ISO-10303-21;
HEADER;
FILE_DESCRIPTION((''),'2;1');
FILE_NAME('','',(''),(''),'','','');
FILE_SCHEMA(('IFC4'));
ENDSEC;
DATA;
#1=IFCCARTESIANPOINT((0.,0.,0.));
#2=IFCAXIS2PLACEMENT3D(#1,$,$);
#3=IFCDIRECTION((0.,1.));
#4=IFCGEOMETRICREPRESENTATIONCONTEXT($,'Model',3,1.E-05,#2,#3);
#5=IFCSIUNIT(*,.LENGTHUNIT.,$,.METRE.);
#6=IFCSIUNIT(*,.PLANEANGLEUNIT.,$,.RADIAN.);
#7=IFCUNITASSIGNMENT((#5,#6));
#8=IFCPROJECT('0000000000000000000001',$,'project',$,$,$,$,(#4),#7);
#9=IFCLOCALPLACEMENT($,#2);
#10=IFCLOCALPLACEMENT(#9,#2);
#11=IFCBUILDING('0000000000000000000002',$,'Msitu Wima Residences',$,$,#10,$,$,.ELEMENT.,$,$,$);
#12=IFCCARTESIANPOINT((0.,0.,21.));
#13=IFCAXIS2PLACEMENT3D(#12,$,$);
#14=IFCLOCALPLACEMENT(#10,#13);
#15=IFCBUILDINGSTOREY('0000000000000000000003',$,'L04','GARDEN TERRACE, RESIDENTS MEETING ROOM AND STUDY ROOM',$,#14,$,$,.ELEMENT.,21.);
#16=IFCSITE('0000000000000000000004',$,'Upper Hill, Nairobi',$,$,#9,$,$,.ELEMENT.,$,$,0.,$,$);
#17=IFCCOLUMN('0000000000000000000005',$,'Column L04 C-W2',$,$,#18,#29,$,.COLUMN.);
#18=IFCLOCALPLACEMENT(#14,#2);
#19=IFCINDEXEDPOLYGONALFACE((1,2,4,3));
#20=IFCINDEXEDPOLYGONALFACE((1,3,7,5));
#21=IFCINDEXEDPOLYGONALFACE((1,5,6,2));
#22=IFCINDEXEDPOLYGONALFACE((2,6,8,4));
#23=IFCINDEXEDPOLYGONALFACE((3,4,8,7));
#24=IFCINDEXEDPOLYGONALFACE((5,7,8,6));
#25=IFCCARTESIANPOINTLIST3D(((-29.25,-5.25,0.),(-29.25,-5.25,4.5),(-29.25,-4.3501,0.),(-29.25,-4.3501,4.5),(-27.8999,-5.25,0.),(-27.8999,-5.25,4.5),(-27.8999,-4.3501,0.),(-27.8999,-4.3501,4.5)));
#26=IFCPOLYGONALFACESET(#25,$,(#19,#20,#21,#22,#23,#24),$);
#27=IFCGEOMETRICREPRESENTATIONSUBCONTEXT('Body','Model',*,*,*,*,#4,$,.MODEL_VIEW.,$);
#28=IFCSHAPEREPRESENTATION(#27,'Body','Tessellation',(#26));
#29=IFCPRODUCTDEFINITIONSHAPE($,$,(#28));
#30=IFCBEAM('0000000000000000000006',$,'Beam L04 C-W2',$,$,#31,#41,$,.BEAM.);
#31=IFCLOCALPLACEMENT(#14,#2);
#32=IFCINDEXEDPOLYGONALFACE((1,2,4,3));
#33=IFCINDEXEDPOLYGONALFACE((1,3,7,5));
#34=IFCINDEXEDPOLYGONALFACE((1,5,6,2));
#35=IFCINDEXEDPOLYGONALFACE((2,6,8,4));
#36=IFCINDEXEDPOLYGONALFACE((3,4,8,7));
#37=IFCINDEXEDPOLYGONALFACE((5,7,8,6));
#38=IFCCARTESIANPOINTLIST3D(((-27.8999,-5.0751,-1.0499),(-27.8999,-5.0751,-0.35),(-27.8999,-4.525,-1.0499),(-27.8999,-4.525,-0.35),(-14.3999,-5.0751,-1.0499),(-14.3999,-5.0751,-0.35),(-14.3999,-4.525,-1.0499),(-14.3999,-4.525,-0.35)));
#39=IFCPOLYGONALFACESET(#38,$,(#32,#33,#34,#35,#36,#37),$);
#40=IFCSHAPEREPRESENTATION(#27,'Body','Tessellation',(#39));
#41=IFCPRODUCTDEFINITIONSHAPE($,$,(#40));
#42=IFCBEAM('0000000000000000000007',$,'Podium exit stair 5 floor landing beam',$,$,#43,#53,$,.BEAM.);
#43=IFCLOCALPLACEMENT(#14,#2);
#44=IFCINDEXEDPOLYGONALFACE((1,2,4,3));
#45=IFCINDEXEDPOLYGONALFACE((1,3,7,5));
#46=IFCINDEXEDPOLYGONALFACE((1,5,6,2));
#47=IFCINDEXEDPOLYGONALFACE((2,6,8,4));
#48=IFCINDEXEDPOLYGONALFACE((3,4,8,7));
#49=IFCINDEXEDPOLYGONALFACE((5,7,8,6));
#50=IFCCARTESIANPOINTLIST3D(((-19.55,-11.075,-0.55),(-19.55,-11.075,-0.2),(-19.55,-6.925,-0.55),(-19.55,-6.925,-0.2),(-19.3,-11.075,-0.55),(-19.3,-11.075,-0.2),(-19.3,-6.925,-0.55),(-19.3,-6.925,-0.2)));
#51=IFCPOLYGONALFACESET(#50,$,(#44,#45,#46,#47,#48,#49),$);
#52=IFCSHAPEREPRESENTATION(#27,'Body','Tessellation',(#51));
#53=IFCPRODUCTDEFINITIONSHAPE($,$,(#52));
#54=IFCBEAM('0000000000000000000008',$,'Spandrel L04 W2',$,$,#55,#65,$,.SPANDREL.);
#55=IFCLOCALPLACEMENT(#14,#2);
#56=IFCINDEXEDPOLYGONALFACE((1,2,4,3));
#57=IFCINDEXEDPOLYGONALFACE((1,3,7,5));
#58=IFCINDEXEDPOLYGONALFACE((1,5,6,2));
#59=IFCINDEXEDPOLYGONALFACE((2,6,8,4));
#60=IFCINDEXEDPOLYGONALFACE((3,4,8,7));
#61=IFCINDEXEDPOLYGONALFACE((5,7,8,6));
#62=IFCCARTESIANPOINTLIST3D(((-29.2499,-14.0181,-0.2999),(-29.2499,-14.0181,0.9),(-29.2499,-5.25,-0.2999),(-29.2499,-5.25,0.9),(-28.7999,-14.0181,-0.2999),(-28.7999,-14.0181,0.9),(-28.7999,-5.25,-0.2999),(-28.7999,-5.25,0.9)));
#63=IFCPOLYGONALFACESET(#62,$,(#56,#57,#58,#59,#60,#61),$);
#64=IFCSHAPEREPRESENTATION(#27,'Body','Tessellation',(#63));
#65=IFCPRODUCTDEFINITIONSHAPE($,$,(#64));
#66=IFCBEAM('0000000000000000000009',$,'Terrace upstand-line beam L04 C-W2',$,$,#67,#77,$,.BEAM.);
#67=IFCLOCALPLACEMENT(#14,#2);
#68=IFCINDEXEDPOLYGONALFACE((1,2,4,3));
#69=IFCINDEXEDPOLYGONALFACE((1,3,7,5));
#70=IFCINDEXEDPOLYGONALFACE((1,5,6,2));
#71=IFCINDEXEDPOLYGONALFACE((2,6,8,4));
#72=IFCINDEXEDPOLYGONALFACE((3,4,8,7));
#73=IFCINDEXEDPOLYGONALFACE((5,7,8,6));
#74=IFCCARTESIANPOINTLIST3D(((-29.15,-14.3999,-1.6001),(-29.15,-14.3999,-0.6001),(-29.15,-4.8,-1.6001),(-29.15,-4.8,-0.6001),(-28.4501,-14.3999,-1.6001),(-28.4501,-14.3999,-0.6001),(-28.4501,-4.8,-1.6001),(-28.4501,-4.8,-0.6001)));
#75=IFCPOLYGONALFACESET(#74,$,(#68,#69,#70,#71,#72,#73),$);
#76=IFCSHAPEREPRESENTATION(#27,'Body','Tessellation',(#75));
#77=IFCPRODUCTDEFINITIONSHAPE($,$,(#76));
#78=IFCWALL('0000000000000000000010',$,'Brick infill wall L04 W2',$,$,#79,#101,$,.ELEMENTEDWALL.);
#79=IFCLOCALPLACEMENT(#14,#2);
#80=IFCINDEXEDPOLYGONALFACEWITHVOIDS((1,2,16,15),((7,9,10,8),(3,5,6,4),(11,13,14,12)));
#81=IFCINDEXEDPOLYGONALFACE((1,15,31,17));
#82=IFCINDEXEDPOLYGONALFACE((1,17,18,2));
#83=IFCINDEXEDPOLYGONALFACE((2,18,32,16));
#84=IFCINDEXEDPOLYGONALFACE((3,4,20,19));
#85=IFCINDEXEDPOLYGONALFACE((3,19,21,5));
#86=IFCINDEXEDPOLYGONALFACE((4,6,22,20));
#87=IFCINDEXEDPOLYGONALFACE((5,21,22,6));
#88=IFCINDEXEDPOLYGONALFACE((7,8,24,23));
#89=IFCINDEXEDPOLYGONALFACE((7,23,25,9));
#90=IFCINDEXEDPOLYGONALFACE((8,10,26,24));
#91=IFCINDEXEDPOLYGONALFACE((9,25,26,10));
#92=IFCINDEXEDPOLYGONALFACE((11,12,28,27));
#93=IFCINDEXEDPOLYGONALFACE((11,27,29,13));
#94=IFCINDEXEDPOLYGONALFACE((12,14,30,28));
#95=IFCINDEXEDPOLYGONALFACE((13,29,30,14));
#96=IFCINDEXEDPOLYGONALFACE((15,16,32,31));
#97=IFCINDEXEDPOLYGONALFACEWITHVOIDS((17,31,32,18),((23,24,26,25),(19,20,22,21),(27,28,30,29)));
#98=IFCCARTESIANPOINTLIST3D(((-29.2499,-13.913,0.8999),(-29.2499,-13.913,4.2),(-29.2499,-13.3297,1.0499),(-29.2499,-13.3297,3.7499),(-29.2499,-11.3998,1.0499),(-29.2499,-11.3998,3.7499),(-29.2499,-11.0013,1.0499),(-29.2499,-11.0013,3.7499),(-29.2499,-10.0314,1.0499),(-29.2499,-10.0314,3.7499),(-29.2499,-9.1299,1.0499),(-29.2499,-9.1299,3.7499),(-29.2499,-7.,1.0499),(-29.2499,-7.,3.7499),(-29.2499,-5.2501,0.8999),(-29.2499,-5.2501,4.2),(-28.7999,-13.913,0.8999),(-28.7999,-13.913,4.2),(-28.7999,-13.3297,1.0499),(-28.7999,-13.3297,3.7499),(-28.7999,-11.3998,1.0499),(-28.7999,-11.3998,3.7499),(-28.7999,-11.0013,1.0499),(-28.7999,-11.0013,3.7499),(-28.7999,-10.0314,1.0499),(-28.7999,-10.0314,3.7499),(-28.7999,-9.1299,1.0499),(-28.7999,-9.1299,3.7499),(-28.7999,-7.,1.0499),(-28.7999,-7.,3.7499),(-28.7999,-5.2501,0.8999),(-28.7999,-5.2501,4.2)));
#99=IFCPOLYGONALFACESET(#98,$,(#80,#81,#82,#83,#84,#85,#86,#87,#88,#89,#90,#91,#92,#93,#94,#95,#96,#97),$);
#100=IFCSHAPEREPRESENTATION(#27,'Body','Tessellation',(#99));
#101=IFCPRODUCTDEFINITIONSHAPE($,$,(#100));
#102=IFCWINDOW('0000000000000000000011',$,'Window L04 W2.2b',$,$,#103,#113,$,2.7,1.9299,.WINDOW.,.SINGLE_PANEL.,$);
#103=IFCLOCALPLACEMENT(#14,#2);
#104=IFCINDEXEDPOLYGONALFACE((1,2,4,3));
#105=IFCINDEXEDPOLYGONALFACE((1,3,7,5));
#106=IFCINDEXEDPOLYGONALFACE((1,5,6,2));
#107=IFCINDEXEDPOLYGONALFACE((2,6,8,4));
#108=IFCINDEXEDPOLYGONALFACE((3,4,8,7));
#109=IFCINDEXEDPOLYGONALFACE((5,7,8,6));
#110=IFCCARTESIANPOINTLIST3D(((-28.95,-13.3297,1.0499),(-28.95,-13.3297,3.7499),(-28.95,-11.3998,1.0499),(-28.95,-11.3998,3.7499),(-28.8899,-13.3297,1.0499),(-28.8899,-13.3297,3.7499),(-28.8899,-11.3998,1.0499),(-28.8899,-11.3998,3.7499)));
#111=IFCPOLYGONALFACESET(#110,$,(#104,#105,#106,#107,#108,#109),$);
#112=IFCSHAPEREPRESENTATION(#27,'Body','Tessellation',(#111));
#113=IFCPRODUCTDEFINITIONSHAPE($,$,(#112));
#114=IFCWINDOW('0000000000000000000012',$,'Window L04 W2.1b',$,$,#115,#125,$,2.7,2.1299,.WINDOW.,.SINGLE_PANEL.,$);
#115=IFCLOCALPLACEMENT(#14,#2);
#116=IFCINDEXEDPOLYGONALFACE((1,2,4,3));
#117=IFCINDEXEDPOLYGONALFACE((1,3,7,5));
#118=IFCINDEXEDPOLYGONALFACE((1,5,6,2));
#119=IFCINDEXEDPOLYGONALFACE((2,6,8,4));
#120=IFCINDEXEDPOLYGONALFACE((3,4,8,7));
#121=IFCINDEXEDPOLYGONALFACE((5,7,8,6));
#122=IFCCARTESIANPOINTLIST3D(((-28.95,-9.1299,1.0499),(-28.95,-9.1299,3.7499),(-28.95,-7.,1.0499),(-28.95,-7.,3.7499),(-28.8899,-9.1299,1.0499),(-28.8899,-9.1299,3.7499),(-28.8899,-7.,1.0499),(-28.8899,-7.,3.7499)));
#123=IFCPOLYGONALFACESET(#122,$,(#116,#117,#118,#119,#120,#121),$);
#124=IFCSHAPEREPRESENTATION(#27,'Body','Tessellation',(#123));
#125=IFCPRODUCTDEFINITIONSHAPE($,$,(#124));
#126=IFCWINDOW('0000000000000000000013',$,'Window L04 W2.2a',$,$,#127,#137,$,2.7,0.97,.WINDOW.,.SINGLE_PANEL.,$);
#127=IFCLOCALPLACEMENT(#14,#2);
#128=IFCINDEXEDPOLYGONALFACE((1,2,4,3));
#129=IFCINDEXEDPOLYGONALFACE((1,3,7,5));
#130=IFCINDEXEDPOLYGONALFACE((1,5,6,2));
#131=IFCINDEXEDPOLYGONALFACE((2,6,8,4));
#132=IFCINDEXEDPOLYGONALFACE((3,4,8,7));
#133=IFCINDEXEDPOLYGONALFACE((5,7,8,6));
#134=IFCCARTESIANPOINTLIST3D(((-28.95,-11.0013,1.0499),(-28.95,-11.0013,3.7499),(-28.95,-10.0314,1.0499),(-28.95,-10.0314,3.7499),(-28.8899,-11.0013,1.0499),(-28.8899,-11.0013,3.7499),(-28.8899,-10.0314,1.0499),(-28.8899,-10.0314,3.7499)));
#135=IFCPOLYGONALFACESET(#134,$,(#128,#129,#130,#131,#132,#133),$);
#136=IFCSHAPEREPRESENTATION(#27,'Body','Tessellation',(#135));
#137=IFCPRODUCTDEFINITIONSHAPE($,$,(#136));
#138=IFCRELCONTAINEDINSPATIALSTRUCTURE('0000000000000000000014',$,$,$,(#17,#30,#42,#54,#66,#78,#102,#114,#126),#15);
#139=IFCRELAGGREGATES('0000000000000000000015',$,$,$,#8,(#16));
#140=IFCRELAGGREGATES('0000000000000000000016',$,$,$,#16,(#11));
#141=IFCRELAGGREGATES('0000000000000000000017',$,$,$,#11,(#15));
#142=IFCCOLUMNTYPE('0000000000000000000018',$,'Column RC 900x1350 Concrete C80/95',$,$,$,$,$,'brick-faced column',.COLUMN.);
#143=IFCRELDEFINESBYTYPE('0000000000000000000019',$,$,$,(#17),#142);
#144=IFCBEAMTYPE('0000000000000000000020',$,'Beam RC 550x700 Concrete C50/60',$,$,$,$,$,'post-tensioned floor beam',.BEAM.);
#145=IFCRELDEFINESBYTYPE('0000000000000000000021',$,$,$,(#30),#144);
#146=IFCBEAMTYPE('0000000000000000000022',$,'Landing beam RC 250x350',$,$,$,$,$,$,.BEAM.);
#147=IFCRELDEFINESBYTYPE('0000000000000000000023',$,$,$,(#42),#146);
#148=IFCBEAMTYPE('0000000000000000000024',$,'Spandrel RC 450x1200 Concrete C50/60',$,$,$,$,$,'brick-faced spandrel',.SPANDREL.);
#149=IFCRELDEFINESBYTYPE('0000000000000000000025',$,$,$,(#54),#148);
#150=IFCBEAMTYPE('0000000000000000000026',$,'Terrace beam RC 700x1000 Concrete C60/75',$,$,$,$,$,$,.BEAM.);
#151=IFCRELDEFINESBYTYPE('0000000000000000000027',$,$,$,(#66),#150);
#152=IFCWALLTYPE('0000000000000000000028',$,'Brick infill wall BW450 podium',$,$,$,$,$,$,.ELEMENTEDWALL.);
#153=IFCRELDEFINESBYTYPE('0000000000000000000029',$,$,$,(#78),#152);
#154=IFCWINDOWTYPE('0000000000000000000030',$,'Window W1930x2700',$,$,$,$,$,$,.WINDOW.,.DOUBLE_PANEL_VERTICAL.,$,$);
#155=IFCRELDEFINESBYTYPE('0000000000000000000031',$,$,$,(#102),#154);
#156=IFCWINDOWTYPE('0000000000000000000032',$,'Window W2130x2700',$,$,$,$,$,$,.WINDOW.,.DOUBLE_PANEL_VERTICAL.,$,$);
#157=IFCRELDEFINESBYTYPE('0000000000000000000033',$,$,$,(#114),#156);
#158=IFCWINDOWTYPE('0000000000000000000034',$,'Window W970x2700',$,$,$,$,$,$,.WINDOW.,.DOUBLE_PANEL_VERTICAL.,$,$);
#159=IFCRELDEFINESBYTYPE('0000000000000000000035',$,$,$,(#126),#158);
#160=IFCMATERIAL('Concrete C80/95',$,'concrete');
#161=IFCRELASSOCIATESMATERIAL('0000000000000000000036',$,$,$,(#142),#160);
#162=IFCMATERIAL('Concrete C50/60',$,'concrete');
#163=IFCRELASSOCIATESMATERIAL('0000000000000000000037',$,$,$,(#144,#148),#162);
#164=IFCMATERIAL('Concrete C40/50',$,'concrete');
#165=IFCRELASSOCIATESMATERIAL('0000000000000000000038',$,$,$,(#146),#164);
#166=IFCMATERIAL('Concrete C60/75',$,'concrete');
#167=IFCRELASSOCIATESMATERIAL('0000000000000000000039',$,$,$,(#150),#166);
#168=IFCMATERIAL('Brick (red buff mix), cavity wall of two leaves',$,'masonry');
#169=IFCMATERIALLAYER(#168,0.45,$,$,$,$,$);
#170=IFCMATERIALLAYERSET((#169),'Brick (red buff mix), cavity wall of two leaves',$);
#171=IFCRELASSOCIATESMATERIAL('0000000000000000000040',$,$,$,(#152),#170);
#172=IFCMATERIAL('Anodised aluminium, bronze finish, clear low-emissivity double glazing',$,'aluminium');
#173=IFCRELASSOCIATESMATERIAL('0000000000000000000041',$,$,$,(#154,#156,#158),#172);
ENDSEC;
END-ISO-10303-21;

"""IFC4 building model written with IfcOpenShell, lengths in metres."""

from ifc_helpers import new_model, si_unit, direction, frame, frame_2d, origin, origin_2d, place, context, subcontext, project, spatial, rectangle, extrude, material, layer, layer_set, material_profile, profile_set, type_object, element, fill, save


model = new_model("IFC4")

# Units and contexts
model_context = context("Model", 3, precision=1e-05, world=origin(), true_north=direction((0.0, 1.0)))
body_context = subcontext(model_context, "Body", "Model", "MODEL_VIEW")
ifc_project = project(units=[si_unit("LENGTHUNIT", "METRE"), si_unit("PLANEANGLEUNIT", "RADIAN")], contexts=[model_context])

# Site, building, storey
site_placement = place(None, origin())
site = spatial("IfcSite", under=ifc_project, at=site_placement, Name="Upper Hill, Nairobi", CompositionType="ELEMENT", RefElevation=0.0)
building_placement = place(site_placement, origin())
building = spatial("IfcBuilding", under=site, at=building_placement, Name="Msitu Wima Residences", CompositionType="ELEMENT")
storey_placement = place(building_placement, frame((0.0, 0.0, 21.0)))
storey = spatial("IfcBuildingStorey", under=building, at=storey_placement, Name="L04", Description="GARDEN TERRACE, RESIDENTS MEETING ROOM AND STUDY ROOM", CompositionType="ELEMENT", Elevation=21.0)

# Column
ifc_material_1 = material(Name="Concrete C80/95", Category="concrete")
ifc_material_profile_1 = material_profile(ifc_material_1, rectangle(XDim=0.8999, YDim=1.3501, at=origin_2d()), Name="RC 900x1350")
ifc_profile_set_1 = profile_set([ifc_material_profile_1], Name="Concrete C80/95")
column_type = type_object("IfcColumnType", Name="Column RC 900x1350 Concrete C80/95", ElementType="brick-faced column", PredefinedType="COLUMN", material=ifc_profile_set_1)
column_placement = place(storey_placement, frame((-28.575, -4.8, 0.0), z_axis=(0.0, 0.0, 1.0), x_axis=(0.0, -1.0, 0.0)))
element("IfcColumn", 1, at=column_placement, inside=storey, type_object=column_type, Name="Column L04 C-W2", PredefinedType="COLUMN", context=body_context, shape_type="SweptSolid", body=[
    extrude(rectangle(XDim=0.8999, YDim=1.3501, at=origin_2d()), origin(), (0.0, 0.0, 1.0), 4.5),
])

# Beams
ifc_material_2 = material(Name="Concrete C50/60", Category="concrete")
ifc_material_profile_2 = material_profile(ifc_material_2, rectangle(XDim=0.55, YDim=0.7, at=origin_2d()), Name="RC 550x700")
ifc_profile_set_2 = profile_set([ifc_material_profile_2], Name="Concrete C50/60")
beam_type_1 = type_object("IfcBeamType", Name="Beam RC 550x700 Concrete C50/60", ElementType="post-tensioned floor beam", PredefinedType="BEAM", material=ifc_profile_set_2)
beam_1_placement = place(storey_placement, frame((-27.8999, -4.8, -0.7), z_axis=(1.0, 0.0, 0.0), x_axis=(0.0, 1.0, 0.0)))
element("IfcBeam", 2, at=beam_1_placement, inside=storey, type_object=beam_type_1, Name="Beam L04 C-W2", PredefinedType="BEAM", context=body_context, shape_type="SweptSolid", body=[
    extrude(rectangle(XDim=0.55, YDim=0.7, at=origin_2d()), origin(), (0.0, 0.0, 1.0), 13.5),
])
ifc_material_3 = material(Name="Concrete C40/50", Category="concrete")
ifc_material_profile_3 = material_profile(ifc_material_3, rectangle(XDim=0.25, YDim=0.3501, at=origin_2d()), Name="RC 250x350")
ifc_profile_set_3 = profile_set([ifc_material_profile_3], Name="Concrete C40/50")
beam_type_2 = type_object("IfcBeamType", Name="Landing beam RC 250x350", PredefinedType="BEAM", material=ifc_profile_set_3)
beam_2_placement = place(storey_placement, frame((-19.425, -6.925, -0.375), z_axis=(0.0, -1.0, 0.0), x_axis=(1.0, 0.0, 0.0)))
element("IfcBeam", 3, at=beam_2_placement, inside=storey, type_object=beam_type_2, Name="Podium exit stair 5 floor landing beam", PredefinedType="BEAM", context=body_context, shape_type="SweptSolid", body=[
    extrude(rectangle(XDim=0.25, YDim=0.3501, at=origin_2d()), origin(), (0.0, 0.0, 1.0), 4.1499),
])
ifc_material_profile_4 = material_profile(ifc_material_2, rectangle(XDim=0.45, YDim=1.2, at=origin_2d()), Name="RC 450x1200")
ifc_profile_set_4 = profile_set([ifc_material_profile_4], Name="Concrete C50/60")
beam_type_3 = type_object("IfcBeamType", Name="Spandrel RC 450x1200 Concrete C50/60", ElementType="brick-faced spandrel", PredefinedType="SPANDREL", material=ifc_profile_set_4)
beam_3_placement = place(storey_placement, frame((-29.0249, -5.25, 0.3), z_axis=(0.0, -1.0, 0.0), x_axis=(1.0, 0.0, 0.0)))
element("IfcBeam", 4, at=beam_3_placement, inside=storey, type_object=beam_type_3, Name="Spandrel L04 W2", PredefinedType="SPANDREL", context=body_context, shape_type="SweptSolid", body=[
    extrude(rectangle(XDim=0.45, YDim=1.2, at=origin_2d()), origin(), (0.0, 0.0, 1.0), 8.7681),
])
ifc_material_4 = material(Name="Concrete C60/75", Category="concrete")
ifc_material_profile_5 = material_profile(ifc_material_4, rectangle(XDim=0.7, YDim=1.0, at=origin_2d()), Name="RC 700x1000")
ifc_profile_set_5 = profile_set([ifc_material_profile_5], Name="Concrete C60/75")
beam_type_4 = type_object("IfcBeamType", Name="Terrace beam RC 700x1000 Concrete C60/75", PredefinedType="BEAM", material=ifc_profile_set_5)
beam_4_placement = place(storey_placement, frame((-28.8, -4.8, -1.1001), z_axis=(0.0, -1.0, 0.0), x_axis=(1.0, 0.0, 0.0)))
element("IfcBeam", 5, at=beam_4_placement, inside=storey, type_object=beam_type_4, Name="Terrace upstand-line beam L04 C-W2", PredefinedType="BEAM", context=body_context, shape_type="SweptSolid", body=[
    extrude(rectangle(XDim=0.7, YDim=1.0, at=origin_2d()), origin(), (0.0, 0.0, 1.0), 9.5999),
])

# Wall, openings, windows
ifc_material_5 = material(Name="Brick (red buff mix), cavity wall of two leaves", Category="masonry")
ifc_layer_1 = layer(ifc_material_5, 0.45)
ifc_layer_set_1 = layer_set([ifc_layer_1], Name="Brick (red buff mix), cavity wall of two leaves")
wall_type_1 = type_object("IfcWallType", Name="Brick infill wall BW450 podium", PredefinedType="ELEMENTEDWALL", material=ifc_layer_set_1)
wall_1_placement = place(storey_placement, frame((-29.0249, -5.25, 0.8999), z_axis=(0.0, 0.0, 1.0), x_axis=(0.0, -1.0, 0.0)))
wall_1 = element("IfcWall", 6, at=wall_1_placement, inside=storey, type_object=wall_type_1, Name="Brick infill wall L04 W2", PredefinedType="ELEMENTEDWALL", context=body_context, shape_type="SweptSolid", body=[
    extrude(rectangle(XDim=8.6628, YDim=0.45, at=frame_2d((4.3315, 0.0))), origin(), (0.0, 0.0, 1.0), 3.3),
])
opening_1_placement = place(wall_1_placement, frame((1.75, 0.0, 0.1499)))
opening_1 = element("IfcOpeningElement", 7, at=opening_1_placement, cuts=wall_1, PredefinedType="OPENING", context=body_context, shape_type="SweptSolid", body=[
    extrude(rectangle(XDim=2.1299, YDim=2.7, at=frame_2d((1.0649, 1.3501))), frame((0.0, 0.2349, 0.0), z_axis=(0.0, -1.0, 0.0), x_axis=(1.0, 0.0, 0.0)), (0.0, 0.0, 1.0), 0.47),
])
opening_2_placement = place(wall_1_placement, frame((4.7815, 0.0, 0.1499)))
opening_2 = element("IfcOpeningElement", 8, at=opening_2_placement, cuts=wall_1, PredefinedType="OPENING", context=body_context, shape_type="SweptSolid", body=[
    extrude(rectangle(XDim=0.97, YDim=2.7, at=frame_2d((0.4849, 1.3501))), frame((0.0, 0.2349, 0.0), z_axis=(0.0, -1.0, 0.0), x_axis=(1.0, 0.0, 0.0)), (0.0, 0.0, 1.0), 0.47),
])
opening_3_placement = place(wall_1_placement, frame((6.1499, 0.0, 0.1499)))
opening_3 = element("IfcOpeningElement", 9, at=opening_3_placement, cuts=wall_1, PredefinedType="OPENING", context=body_context, shape_type="SweptSolid", body=[
    extrude(rectangle(XDim=1.9299, YDim=2.7, at=frame_2d((0.9648, 1.3501))), frame((0.0, 0.2349, 0.0), z_axis=(0.0, -1.0, 0.0), x_axis=(1.0, 0.0, 0.0)), (0.0, 0.0, 1.0), 0.47),
])
ifc_material_6 = material(Name="Anodised aluminium, bronze finish, clear low-emissivity double glazing", Category="aluminium")
window_type_1 = type_object("IfcWindowType", Name="Window W1930x2700", PartitioningType="DOUBLE_PANEL_VERTICAL", PredefinedType="WINDOW", material=ifc_material_6)
window_1_placement = place(opening_3_placement, origin())
window_1 = element("IfcWindow", 10, at=window_1_placement, inside=storey, type_object=window_type_1, Name="Window L04 W2.2b", OverallHeight=2.7, OverallWidth=1.9299, PartitioningType="SINGLE_PANEL", PredefinedType="WINDOW", context=body_context, shape_type="SweptSolid", body=[
    extrude(rectangle(XDim=1.9299, YDim=2.7, at=frame_2d((0.9648, 1.3501))), frame((0.0, 0.135, 0.0), z_axis=(0.0, -1.0, 0.0), x_axis=(1.0, 0.0, 0.0)), (0.0, 0.0, 1.0), 0.0601),
])
fill(opening_3, window_1)
window_type_2 = type_object("IfcWindowType", Name="Window W2130x2700", PartitioningType="DOUBLE_PANEL_VERTICAL", PredefinedType="WINDOW", material=ifc_material_6)
window_2_placement = place(opening_1_placement, origin())
window_2 = element("IfcWindow", 11, at=window_2_placement, inside=storey, type_object=window_type_2, Name="Window L04 W2.1b", OverallHeight=2.7, OverallWidth=2.1299, PartitioningType="SINGLE_PANEL", PredefinedType="WINDOW", context=body_context, shape_type="SweptSolid", body=[
    extrude(rectangle(XDim=2.1299, YDim=2.7, at=frame_2d((1.0649, 1.3501))), frame((0.0, 0.135, 0.0), z_axis=(0.0, -1.0, 0.0), x_axis=(1.0, 0.0, 0.0)), (0.0, 0.0, 1.0), 0.0601),
])
fill(opening_1, window_2)
window_type_3 = type_object("IfcWindowType", Name="Window W970x2700", PartitioningType="DOUBLE_PANEL_VERTICAL", PredefinedType="WINDOW", material=ifc_material_6)
window_3_placement = place(opening_2_placement, origin())
window_3 = element("IfcWindow", 12, at=window_3_placement, inside=storey, type_object=window_type_3, Name="Window L04 W2.2a", OverallHeight=2.7, OverallWidth=0.97, PartitioningType="SINGLE_PANEL", PredefinedType="WINDOW", context=body_context, shape_type="SweptSolid", body=[
    extrude(rectangle(XDim=0.97, YDim=2.7, at=frame_2d((0.4849, 1.3501))), frame((0.0, 0.135, 0.0), z_axis=(0.0, -1.0, 0.0), x_axis=(1.0, 0.0, 0.0)), (0.0, 0.0, 1.0), 0.0601),
])
fill(opening_2, window_3)

save(model, "model.ifc")
